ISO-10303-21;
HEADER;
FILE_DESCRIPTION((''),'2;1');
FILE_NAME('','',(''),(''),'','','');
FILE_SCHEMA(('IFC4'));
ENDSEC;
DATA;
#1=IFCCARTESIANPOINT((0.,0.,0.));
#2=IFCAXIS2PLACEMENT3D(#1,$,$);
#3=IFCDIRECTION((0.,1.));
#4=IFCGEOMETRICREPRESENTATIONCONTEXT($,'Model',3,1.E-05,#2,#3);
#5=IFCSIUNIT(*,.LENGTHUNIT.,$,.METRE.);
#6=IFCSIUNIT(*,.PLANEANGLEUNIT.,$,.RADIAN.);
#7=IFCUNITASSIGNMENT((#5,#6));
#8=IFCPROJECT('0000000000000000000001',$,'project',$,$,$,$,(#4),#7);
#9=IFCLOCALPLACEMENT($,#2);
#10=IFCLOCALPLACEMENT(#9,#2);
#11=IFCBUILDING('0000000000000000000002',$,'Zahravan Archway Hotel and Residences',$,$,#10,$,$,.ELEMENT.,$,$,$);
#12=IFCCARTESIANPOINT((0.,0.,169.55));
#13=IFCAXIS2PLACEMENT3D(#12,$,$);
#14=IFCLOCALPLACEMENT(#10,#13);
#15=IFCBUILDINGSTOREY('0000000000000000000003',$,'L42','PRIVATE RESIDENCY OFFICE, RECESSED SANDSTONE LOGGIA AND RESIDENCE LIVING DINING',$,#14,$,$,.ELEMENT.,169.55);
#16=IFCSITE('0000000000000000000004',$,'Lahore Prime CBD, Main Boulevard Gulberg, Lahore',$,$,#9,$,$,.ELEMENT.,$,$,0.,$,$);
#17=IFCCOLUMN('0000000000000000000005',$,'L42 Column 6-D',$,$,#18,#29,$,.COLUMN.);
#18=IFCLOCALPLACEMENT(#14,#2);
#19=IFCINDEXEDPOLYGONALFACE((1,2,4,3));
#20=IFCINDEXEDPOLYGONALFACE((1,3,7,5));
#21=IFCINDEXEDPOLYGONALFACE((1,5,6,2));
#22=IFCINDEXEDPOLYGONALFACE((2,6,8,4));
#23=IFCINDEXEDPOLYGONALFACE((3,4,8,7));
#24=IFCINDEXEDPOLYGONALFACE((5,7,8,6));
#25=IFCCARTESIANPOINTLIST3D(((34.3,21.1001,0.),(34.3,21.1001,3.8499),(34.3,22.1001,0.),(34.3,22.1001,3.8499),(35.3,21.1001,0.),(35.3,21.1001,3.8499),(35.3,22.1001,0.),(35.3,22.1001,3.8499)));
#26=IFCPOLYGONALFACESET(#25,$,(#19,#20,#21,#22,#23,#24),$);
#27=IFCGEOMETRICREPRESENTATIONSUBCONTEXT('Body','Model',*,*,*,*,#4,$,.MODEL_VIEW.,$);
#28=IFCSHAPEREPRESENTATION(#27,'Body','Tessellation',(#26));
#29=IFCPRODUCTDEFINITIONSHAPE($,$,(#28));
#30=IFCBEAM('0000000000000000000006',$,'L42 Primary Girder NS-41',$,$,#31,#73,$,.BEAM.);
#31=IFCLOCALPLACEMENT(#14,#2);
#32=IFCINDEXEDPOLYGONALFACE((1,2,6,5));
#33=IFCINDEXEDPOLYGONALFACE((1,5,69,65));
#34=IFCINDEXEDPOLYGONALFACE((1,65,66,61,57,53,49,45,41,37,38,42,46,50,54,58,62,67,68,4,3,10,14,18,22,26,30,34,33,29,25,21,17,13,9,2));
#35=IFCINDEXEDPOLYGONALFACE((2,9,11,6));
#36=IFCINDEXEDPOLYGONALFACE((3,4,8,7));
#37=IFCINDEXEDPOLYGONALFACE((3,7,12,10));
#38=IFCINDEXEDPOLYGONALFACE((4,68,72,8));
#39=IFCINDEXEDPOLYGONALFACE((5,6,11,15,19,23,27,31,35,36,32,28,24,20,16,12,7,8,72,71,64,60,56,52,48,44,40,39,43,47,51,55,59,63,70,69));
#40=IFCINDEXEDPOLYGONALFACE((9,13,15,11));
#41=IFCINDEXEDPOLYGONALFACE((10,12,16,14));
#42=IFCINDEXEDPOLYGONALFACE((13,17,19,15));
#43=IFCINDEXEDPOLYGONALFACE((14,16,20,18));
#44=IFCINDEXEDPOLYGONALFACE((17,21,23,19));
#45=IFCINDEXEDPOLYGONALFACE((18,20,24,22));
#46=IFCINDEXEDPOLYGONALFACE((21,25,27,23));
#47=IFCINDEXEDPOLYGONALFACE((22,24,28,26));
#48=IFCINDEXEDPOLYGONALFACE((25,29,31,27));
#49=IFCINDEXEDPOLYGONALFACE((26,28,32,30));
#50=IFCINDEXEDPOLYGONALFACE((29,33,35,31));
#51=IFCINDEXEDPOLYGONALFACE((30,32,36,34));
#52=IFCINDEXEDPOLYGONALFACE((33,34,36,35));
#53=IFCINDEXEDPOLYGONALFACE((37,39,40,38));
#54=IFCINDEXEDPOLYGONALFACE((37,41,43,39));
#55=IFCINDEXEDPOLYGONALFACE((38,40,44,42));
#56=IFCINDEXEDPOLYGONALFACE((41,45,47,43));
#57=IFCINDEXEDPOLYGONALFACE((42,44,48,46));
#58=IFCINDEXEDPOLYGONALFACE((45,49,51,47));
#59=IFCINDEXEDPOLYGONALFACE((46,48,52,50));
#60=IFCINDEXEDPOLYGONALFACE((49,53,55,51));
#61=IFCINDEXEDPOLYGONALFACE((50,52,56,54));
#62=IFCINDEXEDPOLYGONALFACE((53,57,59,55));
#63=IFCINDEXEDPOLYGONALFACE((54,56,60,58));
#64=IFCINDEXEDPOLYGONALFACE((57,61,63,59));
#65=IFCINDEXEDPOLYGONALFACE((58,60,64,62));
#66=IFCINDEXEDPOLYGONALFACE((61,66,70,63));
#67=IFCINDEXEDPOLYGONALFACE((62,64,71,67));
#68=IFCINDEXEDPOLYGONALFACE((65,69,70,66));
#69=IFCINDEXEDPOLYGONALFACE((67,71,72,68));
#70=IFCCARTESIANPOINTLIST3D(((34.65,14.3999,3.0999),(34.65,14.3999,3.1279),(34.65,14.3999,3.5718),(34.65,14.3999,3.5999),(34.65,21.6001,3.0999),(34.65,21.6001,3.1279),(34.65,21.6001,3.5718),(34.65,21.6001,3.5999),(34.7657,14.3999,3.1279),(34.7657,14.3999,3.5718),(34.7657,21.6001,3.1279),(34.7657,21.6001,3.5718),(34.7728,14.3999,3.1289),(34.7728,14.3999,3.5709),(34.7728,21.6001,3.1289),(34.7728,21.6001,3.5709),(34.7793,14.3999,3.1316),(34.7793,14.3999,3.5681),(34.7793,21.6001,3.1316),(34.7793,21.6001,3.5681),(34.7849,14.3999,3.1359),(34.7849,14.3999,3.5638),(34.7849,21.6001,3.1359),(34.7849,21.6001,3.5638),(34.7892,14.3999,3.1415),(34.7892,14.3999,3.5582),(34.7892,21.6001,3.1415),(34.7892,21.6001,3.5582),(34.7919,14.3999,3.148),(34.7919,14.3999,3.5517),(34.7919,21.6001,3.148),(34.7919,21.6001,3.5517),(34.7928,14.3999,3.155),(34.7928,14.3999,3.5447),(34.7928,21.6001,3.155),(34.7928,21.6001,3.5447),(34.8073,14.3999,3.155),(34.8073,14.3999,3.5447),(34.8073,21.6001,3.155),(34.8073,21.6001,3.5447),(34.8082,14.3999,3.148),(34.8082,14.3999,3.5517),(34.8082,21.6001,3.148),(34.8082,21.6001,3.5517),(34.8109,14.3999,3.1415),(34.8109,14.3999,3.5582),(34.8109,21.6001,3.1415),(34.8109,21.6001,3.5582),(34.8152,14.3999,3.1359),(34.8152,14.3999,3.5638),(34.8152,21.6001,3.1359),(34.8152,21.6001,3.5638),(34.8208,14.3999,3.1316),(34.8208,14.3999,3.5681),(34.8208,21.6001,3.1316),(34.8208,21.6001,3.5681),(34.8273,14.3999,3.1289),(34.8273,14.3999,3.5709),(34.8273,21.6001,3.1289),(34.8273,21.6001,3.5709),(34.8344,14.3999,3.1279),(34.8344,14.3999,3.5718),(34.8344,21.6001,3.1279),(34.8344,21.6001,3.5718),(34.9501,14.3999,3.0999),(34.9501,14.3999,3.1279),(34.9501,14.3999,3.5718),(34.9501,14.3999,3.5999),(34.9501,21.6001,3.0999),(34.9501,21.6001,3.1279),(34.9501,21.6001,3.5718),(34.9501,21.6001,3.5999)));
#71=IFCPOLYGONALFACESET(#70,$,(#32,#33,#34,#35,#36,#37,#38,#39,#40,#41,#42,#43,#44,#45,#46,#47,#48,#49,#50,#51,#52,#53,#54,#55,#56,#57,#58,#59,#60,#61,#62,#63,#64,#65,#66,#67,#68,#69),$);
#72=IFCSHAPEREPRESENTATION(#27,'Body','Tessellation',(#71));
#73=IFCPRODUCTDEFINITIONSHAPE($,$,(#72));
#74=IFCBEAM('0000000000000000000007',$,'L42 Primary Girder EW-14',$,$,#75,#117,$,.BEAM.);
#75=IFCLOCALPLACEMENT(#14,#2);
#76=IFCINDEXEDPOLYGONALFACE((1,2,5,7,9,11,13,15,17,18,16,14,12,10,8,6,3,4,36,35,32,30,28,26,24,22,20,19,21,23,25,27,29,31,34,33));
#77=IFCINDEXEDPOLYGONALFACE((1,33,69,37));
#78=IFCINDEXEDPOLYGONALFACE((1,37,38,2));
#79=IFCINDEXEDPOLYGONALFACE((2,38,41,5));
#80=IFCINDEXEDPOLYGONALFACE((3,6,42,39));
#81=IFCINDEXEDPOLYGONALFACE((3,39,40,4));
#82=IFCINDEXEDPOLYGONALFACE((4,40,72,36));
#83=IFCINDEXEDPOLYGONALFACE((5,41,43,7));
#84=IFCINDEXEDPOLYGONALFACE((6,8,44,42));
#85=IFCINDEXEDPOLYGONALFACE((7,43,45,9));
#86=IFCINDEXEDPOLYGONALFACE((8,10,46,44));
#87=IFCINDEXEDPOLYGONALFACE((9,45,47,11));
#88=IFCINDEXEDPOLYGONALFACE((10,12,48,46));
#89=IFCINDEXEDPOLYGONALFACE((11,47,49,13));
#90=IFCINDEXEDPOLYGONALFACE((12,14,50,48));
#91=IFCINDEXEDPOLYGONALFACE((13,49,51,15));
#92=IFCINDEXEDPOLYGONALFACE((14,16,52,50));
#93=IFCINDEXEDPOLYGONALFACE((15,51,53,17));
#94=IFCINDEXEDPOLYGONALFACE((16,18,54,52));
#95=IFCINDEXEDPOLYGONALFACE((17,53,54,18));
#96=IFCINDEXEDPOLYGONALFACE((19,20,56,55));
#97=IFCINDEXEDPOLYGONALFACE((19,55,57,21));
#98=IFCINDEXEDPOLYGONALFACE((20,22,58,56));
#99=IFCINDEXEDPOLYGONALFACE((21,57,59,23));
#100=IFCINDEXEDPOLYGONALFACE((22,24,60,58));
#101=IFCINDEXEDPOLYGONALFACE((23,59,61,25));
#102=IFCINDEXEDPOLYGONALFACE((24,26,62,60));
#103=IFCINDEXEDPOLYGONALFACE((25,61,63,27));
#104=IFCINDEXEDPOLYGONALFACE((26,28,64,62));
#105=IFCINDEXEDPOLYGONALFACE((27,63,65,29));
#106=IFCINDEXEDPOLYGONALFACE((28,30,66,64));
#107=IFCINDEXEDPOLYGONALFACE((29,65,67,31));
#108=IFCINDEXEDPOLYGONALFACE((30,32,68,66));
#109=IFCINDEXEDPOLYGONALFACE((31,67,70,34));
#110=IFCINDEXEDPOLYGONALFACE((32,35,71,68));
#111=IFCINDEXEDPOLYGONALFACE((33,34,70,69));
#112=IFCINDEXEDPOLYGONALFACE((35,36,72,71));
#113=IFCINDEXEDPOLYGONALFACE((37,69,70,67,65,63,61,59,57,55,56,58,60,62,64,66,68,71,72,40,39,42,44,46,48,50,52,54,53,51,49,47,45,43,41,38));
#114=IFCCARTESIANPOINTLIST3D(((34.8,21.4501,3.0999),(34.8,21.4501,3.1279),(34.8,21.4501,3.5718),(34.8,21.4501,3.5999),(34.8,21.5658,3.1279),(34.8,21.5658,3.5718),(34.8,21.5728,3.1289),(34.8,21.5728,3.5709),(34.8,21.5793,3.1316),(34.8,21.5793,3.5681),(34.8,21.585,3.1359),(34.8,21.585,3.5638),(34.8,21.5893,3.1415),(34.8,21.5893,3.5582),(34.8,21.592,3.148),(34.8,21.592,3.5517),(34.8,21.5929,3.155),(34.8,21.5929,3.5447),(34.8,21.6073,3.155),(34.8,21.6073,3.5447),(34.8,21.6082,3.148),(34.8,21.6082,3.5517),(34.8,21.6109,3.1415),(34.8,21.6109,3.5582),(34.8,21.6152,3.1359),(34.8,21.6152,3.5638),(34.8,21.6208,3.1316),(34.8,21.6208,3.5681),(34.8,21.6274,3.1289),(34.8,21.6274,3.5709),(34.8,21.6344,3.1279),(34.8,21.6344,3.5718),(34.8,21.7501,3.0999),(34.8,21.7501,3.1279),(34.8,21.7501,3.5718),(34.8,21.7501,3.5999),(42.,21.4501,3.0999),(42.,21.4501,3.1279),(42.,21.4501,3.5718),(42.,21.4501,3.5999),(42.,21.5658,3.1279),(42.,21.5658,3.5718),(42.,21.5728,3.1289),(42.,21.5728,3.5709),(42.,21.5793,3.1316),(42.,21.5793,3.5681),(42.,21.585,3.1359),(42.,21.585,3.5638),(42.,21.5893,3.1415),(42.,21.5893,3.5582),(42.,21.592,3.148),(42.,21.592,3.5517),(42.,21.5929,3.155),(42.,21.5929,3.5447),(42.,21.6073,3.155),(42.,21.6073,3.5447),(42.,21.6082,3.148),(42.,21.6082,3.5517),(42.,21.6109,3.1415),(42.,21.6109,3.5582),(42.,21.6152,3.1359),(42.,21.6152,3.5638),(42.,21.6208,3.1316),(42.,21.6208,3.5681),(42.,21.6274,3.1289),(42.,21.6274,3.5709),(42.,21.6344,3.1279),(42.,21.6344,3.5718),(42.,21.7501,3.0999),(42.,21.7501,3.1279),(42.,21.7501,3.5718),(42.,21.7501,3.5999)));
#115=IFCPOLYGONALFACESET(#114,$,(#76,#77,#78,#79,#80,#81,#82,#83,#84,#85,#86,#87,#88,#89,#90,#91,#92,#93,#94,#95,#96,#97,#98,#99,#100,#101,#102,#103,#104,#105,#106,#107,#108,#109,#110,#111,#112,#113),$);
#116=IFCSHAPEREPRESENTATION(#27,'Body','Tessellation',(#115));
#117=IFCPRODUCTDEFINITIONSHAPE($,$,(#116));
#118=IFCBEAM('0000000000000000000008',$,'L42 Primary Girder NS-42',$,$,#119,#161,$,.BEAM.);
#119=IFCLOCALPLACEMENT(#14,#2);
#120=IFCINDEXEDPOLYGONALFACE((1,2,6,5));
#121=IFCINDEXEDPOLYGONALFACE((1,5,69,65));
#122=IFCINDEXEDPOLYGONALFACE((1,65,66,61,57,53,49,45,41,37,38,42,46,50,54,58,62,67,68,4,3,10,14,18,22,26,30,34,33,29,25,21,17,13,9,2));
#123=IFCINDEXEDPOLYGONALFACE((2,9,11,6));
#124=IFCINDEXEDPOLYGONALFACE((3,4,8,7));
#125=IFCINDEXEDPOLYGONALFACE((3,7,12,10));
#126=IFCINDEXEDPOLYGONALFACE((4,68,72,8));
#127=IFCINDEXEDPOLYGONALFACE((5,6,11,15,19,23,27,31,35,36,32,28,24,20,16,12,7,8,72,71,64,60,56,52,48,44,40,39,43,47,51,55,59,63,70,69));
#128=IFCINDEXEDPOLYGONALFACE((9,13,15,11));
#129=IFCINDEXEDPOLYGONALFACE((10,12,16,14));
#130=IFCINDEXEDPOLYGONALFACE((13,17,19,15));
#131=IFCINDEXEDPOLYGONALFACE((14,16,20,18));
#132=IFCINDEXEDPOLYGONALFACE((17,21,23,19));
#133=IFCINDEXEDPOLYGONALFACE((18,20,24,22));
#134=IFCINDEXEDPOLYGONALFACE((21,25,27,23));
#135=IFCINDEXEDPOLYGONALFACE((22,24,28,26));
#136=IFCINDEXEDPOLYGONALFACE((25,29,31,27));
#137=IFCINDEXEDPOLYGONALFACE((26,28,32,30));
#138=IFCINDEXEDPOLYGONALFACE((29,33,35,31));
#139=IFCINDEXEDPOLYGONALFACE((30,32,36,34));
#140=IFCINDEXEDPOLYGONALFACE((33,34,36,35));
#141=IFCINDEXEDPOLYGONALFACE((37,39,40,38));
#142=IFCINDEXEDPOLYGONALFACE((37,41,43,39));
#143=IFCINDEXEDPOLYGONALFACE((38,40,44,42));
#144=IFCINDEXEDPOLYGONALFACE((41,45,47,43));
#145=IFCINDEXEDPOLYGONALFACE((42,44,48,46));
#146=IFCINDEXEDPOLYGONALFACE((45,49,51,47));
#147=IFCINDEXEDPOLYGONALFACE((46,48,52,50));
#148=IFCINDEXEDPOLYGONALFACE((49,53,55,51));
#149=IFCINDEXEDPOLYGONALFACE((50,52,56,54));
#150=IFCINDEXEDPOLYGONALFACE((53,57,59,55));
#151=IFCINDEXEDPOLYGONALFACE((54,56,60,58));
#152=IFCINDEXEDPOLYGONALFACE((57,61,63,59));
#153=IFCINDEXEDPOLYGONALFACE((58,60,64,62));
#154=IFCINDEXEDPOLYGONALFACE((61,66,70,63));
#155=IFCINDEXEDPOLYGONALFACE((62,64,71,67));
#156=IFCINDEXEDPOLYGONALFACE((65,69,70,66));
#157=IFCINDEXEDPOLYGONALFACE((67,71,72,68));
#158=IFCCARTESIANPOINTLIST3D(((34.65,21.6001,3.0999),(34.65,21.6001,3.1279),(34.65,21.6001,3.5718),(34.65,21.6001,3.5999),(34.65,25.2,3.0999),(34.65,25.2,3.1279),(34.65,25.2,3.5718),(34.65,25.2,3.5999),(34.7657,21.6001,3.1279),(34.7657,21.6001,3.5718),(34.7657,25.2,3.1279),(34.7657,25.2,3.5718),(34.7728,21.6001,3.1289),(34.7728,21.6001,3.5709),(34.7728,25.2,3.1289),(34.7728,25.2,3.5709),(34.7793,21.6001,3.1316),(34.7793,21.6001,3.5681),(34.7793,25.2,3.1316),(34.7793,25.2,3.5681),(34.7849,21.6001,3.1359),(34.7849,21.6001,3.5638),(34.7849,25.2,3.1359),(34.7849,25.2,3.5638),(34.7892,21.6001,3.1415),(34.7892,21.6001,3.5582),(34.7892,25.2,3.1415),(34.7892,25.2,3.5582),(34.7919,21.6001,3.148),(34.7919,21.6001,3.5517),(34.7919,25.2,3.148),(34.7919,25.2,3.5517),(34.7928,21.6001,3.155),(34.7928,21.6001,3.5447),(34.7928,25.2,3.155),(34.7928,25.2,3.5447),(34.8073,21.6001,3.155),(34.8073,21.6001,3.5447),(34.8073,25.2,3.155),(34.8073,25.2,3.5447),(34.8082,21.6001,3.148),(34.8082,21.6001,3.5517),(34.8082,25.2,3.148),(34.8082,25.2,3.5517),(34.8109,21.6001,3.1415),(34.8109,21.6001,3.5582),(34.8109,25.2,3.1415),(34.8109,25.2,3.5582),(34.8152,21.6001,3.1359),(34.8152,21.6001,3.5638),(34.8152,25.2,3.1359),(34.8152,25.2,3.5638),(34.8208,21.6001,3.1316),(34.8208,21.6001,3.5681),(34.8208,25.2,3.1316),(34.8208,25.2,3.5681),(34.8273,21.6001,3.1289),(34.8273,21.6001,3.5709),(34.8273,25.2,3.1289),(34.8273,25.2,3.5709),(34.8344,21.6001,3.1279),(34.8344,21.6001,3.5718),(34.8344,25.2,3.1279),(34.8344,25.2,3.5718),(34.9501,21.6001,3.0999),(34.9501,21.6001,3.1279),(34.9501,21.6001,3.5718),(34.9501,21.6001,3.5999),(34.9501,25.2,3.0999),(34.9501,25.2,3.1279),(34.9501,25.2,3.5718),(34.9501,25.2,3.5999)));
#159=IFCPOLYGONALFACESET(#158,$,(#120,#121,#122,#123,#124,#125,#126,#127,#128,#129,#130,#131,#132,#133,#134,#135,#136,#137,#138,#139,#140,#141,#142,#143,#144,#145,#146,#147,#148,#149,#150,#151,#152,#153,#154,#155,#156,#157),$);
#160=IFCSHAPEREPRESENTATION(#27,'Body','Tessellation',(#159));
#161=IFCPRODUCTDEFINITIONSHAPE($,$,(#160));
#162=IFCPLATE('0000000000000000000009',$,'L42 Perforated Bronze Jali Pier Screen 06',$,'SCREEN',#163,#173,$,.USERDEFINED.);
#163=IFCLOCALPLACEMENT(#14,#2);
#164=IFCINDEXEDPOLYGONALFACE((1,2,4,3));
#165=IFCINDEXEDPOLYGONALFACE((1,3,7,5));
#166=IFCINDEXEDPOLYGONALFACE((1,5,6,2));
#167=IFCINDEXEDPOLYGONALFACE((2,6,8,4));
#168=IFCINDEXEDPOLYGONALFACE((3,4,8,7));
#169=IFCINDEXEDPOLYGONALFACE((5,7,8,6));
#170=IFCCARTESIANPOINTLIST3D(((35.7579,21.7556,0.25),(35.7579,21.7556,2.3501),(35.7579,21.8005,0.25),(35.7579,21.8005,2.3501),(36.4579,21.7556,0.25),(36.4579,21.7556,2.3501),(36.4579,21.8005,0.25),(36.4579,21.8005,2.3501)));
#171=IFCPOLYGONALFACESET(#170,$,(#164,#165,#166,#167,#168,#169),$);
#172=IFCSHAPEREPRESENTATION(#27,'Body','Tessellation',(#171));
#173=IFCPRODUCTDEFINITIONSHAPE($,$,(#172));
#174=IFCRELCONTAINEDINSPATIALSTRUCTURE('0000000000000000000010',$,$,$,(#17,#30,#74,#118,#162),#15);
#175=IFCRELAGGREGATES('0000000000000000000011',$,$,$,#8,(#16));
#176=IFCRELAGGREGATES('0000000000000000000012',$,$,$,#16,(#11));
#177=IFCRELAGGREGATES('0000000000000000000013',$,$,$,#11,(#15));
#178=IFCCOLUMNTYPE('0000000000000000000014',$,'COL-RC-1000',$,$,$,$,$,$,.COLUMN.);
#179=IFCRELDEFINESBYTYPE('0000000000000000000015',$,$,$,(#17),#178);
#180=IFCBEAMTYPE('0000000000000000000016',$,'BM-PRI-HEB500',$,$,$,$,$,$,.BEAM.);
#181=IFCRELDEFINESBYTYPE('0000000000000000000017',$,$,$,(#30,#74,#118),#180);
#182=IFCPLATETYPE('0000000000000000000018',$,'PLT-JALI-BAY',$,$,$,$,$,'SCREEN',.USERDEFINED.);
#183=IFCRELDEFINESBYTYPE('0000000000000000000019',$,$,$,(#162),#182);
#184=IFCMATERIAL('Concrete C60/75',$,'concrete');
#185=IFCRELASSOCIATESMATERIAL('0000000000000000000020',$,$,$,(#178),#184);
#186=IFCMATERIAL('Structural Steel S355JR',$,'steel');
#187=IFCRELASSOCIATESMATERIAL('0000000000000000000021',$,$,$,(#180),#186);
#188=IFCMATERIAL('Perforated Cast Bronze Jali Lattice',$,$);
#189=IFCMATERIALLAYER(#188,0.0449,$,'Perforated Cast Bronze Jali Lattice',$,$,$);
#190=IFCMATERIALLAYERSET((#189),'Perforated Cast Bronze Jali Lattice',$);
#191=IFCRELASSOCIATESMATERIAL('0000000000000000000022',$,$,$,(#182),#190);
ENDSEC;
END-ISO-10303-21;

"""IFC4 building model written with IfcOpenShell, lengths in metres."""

from ifc_helpers import new_model, si_unit, direction, frame, origin, origin_2d, place, context, subcontext, project, spatial, rectangle, i_section, extrude, source, transform, mapped, material, layer, layer_set, material_profile, profile_set, type_object, type_shapes, element, save


model = new_model("IFC4")

# Units and contexts
model_context = context("Model", 3, precision=1e-05, world=origin(), true_north=direction((0.0, 1.0)))
body_context = subcontext(model_context, "Body", "Model", "MODEL_VIEW")
ifc_project = project(units=[si_unit("LENGTHUNIT", "METRE"), si_unit("PLANEANGLEUNIT", "RADIAN")], contexts=[model_context])

# Site, building, storey
site_placement = place(None, origin())
site = spatial("IfcSite", under=ifc_project, at=site_placement, Name="Lahore Prime CBD, Main Boulevard Gulberg, Lahore", CompositionType="ELEMENT", RefElevation=0.0)
building_placement = place(site_placement, origin())
building = spatial("IfcBuilding", under=site, at=building_placement, Name="Zahravan Archway Hotel and Residences", CompositionType="ELEMENT")
storey_placement = place(building_placement, frame((0.0, 0.0, 169.55)))
storey = spatial("IfcBuildingStorey", under=building, at=storey_placement, Name="L42", Description="PRIVATE RESIDENCY OFFICE, RECESSED SANDSTONE LOGGIA AND RESIDENCE LIVING DINING", CompositionType="ELEMENT", Elevation=169.55)

# Column
ifc_material_1 = material(Name="Concrete C60/75", Category="concrete")
ifc_material_profile_1 = material_profile(ifc_material_1, rectangle(XDim=1.0, YDim=1.0, at=origin_2d()), Name="RC-COL-1000x1000", Category="concrete")
ifc_profile_set_1 = profile_set([ifc_material_profile_1], Name="Concrete C60/75")
column_type = type_object("IfcColumnType", Name="COL-RC-1000", PredefinedType="COLUMN", material=ifc_profile_set_1)
shared_shape_1 = source(origin(), body_context, "Body", "SweptSolid", [
    extrude(rectangle(XDim=1.0, YDim=1.0, at=origin_2d()), origin(), (0.0, 0.0, 1.0), 3.8499),
])
column_placement = place(storey_placement, frame((34.8, 21.6001, 0.0), z_axis=(0.0, 0.0, 1.0), x_axis=(1.0, 0.0, 0.0)))
element("IfcColumn", 1, at=column_placement, inside=storey, type_object=column_type, Name="L42 Column 6-D", PredefinedType="COLUMN", context=body_context, shape_type="MappedRepresentation", body=[
    mapped(shared_shape_1, transform((0.0, 0.0, 0.0), scale=1.0)),
])

# Beams
ifc_material_2 = material(Name="Structural Steel S355JR", Category="steel")
ifc_material_profile_2 = material_profile(ifc_material_2, i_section(OverallWidth=0.3, OverallDepth=0.5, WebThickness=0.0144, FlangeThickness=0.0281, FilletRadius=0.0271, at=origin_2d()), Name="HEB 500", Category="steel")
ifc_profile_set_2 = profile_set([ifc_material_profile_2], Name="Structural Steel S355JR")
beam_type = type_object("IfcBeamType", Name="BM-PRI-HEB500", PredefinedType="BEAM", material=ifc_profile_set_2)
shared_shape_2 = source(origin(), body_context, "Body", "SweptSolid", [
    extrude(i_section(OverallWidth=0.3, OverallDepth=0.5, WebThickness=0.0144, FlangeThickness=0.0281, FilletRadius=0.0271, at=origin_2d()), origin(), (0.0, 0.0, 1.0), 7.2002),
])
type_shapes(beam_type, [shared_shape_2])
beam_1_placement = place(storey_placement, frame((34.8, 14.3999, 3.3499), z_axis=(0.0, 1.0, 0.0), x_axis=(-1.0, 0.0, 0.0)))
element("IfcBeam", 2, at=beam_1_placement, inside=storey, type_object=beam_type, Name="L42 Primary Girder NS-41", PredefinedType="BEAM", context=body_context, shape_type="MappedRepresentation", body=[
    mapped(shared_shape_2, transform((0.0, 0.0, 0.0), scale=1.0)),
])
shared_shape_3 = source(origin(), body_context, "Body", "SweptSolid", [
    extrude(i_section(OverallWidth=0.3, OverallDepth=0.5, WebThickness=0.0144, FlangeThickness=0.0281, FilletRadius=0.0271, at=origin_2d()), origin(), (0.0, 0.0, 1.0), 7.2),
])
beam_2_placement = place(storey_placement, frame((34.8, 21.6001, 3.3499), z_axis=(1.0, 0.0, 0.0), x_axis=(0.0, 1.0, 0.0)))
element("IfcBeam", 3, at=beam_2_placement, inside=storey, type_object=beam_type, Name="L42 Primary Girder EW-14", PredefinedType="BEAM", context=body_context, shape_type="MappedRepresentation", body=[
    mapped(shared_shape_3, transform((0.0, 0.0, 0.0), scale=1.0)),
])
shared_shape_4 = source(origin(), body_context, "Body", "SweptSolid", [
    extrude(i_section(OverallWidth=0.3, OverallDepth=0.5, WebThickness=0.0144, FlangeThickness=0.0281, FilletRadius=0.0271, at=origin_2d()), origin(), (0.0, 0.0, 1.0), 3.5999),
])
beam_3_placement = place(storey_placement, frame((34.8, 21.6001, 3.3499), z_axis=(0.0, 1.0, 0.0), x_axis=(-1.0, 0.0, 0.0)))
element("IfcBeam", 4, at=beam_3_placement, inside=storey, type_object=beam_type, Name="L42 Primary Girder NS-42", PredefinedType="BEAM", context=body_context, shape_type="MappedRepresentation", body=[
    mapped(shared_shape_4, transform((0.0, 0.0, 0.0), scale=1.0)),
])

# Plate
ifc_material_3 = material(Name="Perforated Cast Bronze Jali Lattice")
ifc_layer_1 = layer(ifc_material_3, 0.0449, Name="Perforated Cast Bronze Jali Lattice")
ifc_layer_set_1 = layer_set([ifc_layer_1], Name="Perforated Cast Bronze Jali Lattice")
plate_type = type_object("IfcPlateType", Name="PLT-JALI-BAY", ElementType="SCREEN", PredefinedType="USERDEFINED", material=ifc_layer_set_1)
shared_shape_5 = source(origin(), body_context, "Body", "SweptSolid", [
    extrude(rectangle(XDim=0.7, YDim=0.0449, at=origin_2d()), origin(), (0.0, 0.0, 1.0), 2.1001),
])
type_shapes(plate_type, [shared_shape_5])
plate_placement = place(storey_placement, frame((36.1079, 21.7781, 0.25), z_axis=(0.0, 0.0, 1.0), x_axis=(1.0, 0.0, 0.0)))
element("IfcPlate", 5, at=plate_placement, inside=storey, type_object=plate_type, Name="L42 Perforated Bronze Jali Pier Screen 06", ObjectType="SCREEN", PredefinedType="USERDEFINED", context=body_context, shape_type="MappedRepresentation", body=[
    mapped(shared_shape_5, transform((0.0, 0.0, 0.0), scale=1.0)),
])

save(model, "model.ifc")
